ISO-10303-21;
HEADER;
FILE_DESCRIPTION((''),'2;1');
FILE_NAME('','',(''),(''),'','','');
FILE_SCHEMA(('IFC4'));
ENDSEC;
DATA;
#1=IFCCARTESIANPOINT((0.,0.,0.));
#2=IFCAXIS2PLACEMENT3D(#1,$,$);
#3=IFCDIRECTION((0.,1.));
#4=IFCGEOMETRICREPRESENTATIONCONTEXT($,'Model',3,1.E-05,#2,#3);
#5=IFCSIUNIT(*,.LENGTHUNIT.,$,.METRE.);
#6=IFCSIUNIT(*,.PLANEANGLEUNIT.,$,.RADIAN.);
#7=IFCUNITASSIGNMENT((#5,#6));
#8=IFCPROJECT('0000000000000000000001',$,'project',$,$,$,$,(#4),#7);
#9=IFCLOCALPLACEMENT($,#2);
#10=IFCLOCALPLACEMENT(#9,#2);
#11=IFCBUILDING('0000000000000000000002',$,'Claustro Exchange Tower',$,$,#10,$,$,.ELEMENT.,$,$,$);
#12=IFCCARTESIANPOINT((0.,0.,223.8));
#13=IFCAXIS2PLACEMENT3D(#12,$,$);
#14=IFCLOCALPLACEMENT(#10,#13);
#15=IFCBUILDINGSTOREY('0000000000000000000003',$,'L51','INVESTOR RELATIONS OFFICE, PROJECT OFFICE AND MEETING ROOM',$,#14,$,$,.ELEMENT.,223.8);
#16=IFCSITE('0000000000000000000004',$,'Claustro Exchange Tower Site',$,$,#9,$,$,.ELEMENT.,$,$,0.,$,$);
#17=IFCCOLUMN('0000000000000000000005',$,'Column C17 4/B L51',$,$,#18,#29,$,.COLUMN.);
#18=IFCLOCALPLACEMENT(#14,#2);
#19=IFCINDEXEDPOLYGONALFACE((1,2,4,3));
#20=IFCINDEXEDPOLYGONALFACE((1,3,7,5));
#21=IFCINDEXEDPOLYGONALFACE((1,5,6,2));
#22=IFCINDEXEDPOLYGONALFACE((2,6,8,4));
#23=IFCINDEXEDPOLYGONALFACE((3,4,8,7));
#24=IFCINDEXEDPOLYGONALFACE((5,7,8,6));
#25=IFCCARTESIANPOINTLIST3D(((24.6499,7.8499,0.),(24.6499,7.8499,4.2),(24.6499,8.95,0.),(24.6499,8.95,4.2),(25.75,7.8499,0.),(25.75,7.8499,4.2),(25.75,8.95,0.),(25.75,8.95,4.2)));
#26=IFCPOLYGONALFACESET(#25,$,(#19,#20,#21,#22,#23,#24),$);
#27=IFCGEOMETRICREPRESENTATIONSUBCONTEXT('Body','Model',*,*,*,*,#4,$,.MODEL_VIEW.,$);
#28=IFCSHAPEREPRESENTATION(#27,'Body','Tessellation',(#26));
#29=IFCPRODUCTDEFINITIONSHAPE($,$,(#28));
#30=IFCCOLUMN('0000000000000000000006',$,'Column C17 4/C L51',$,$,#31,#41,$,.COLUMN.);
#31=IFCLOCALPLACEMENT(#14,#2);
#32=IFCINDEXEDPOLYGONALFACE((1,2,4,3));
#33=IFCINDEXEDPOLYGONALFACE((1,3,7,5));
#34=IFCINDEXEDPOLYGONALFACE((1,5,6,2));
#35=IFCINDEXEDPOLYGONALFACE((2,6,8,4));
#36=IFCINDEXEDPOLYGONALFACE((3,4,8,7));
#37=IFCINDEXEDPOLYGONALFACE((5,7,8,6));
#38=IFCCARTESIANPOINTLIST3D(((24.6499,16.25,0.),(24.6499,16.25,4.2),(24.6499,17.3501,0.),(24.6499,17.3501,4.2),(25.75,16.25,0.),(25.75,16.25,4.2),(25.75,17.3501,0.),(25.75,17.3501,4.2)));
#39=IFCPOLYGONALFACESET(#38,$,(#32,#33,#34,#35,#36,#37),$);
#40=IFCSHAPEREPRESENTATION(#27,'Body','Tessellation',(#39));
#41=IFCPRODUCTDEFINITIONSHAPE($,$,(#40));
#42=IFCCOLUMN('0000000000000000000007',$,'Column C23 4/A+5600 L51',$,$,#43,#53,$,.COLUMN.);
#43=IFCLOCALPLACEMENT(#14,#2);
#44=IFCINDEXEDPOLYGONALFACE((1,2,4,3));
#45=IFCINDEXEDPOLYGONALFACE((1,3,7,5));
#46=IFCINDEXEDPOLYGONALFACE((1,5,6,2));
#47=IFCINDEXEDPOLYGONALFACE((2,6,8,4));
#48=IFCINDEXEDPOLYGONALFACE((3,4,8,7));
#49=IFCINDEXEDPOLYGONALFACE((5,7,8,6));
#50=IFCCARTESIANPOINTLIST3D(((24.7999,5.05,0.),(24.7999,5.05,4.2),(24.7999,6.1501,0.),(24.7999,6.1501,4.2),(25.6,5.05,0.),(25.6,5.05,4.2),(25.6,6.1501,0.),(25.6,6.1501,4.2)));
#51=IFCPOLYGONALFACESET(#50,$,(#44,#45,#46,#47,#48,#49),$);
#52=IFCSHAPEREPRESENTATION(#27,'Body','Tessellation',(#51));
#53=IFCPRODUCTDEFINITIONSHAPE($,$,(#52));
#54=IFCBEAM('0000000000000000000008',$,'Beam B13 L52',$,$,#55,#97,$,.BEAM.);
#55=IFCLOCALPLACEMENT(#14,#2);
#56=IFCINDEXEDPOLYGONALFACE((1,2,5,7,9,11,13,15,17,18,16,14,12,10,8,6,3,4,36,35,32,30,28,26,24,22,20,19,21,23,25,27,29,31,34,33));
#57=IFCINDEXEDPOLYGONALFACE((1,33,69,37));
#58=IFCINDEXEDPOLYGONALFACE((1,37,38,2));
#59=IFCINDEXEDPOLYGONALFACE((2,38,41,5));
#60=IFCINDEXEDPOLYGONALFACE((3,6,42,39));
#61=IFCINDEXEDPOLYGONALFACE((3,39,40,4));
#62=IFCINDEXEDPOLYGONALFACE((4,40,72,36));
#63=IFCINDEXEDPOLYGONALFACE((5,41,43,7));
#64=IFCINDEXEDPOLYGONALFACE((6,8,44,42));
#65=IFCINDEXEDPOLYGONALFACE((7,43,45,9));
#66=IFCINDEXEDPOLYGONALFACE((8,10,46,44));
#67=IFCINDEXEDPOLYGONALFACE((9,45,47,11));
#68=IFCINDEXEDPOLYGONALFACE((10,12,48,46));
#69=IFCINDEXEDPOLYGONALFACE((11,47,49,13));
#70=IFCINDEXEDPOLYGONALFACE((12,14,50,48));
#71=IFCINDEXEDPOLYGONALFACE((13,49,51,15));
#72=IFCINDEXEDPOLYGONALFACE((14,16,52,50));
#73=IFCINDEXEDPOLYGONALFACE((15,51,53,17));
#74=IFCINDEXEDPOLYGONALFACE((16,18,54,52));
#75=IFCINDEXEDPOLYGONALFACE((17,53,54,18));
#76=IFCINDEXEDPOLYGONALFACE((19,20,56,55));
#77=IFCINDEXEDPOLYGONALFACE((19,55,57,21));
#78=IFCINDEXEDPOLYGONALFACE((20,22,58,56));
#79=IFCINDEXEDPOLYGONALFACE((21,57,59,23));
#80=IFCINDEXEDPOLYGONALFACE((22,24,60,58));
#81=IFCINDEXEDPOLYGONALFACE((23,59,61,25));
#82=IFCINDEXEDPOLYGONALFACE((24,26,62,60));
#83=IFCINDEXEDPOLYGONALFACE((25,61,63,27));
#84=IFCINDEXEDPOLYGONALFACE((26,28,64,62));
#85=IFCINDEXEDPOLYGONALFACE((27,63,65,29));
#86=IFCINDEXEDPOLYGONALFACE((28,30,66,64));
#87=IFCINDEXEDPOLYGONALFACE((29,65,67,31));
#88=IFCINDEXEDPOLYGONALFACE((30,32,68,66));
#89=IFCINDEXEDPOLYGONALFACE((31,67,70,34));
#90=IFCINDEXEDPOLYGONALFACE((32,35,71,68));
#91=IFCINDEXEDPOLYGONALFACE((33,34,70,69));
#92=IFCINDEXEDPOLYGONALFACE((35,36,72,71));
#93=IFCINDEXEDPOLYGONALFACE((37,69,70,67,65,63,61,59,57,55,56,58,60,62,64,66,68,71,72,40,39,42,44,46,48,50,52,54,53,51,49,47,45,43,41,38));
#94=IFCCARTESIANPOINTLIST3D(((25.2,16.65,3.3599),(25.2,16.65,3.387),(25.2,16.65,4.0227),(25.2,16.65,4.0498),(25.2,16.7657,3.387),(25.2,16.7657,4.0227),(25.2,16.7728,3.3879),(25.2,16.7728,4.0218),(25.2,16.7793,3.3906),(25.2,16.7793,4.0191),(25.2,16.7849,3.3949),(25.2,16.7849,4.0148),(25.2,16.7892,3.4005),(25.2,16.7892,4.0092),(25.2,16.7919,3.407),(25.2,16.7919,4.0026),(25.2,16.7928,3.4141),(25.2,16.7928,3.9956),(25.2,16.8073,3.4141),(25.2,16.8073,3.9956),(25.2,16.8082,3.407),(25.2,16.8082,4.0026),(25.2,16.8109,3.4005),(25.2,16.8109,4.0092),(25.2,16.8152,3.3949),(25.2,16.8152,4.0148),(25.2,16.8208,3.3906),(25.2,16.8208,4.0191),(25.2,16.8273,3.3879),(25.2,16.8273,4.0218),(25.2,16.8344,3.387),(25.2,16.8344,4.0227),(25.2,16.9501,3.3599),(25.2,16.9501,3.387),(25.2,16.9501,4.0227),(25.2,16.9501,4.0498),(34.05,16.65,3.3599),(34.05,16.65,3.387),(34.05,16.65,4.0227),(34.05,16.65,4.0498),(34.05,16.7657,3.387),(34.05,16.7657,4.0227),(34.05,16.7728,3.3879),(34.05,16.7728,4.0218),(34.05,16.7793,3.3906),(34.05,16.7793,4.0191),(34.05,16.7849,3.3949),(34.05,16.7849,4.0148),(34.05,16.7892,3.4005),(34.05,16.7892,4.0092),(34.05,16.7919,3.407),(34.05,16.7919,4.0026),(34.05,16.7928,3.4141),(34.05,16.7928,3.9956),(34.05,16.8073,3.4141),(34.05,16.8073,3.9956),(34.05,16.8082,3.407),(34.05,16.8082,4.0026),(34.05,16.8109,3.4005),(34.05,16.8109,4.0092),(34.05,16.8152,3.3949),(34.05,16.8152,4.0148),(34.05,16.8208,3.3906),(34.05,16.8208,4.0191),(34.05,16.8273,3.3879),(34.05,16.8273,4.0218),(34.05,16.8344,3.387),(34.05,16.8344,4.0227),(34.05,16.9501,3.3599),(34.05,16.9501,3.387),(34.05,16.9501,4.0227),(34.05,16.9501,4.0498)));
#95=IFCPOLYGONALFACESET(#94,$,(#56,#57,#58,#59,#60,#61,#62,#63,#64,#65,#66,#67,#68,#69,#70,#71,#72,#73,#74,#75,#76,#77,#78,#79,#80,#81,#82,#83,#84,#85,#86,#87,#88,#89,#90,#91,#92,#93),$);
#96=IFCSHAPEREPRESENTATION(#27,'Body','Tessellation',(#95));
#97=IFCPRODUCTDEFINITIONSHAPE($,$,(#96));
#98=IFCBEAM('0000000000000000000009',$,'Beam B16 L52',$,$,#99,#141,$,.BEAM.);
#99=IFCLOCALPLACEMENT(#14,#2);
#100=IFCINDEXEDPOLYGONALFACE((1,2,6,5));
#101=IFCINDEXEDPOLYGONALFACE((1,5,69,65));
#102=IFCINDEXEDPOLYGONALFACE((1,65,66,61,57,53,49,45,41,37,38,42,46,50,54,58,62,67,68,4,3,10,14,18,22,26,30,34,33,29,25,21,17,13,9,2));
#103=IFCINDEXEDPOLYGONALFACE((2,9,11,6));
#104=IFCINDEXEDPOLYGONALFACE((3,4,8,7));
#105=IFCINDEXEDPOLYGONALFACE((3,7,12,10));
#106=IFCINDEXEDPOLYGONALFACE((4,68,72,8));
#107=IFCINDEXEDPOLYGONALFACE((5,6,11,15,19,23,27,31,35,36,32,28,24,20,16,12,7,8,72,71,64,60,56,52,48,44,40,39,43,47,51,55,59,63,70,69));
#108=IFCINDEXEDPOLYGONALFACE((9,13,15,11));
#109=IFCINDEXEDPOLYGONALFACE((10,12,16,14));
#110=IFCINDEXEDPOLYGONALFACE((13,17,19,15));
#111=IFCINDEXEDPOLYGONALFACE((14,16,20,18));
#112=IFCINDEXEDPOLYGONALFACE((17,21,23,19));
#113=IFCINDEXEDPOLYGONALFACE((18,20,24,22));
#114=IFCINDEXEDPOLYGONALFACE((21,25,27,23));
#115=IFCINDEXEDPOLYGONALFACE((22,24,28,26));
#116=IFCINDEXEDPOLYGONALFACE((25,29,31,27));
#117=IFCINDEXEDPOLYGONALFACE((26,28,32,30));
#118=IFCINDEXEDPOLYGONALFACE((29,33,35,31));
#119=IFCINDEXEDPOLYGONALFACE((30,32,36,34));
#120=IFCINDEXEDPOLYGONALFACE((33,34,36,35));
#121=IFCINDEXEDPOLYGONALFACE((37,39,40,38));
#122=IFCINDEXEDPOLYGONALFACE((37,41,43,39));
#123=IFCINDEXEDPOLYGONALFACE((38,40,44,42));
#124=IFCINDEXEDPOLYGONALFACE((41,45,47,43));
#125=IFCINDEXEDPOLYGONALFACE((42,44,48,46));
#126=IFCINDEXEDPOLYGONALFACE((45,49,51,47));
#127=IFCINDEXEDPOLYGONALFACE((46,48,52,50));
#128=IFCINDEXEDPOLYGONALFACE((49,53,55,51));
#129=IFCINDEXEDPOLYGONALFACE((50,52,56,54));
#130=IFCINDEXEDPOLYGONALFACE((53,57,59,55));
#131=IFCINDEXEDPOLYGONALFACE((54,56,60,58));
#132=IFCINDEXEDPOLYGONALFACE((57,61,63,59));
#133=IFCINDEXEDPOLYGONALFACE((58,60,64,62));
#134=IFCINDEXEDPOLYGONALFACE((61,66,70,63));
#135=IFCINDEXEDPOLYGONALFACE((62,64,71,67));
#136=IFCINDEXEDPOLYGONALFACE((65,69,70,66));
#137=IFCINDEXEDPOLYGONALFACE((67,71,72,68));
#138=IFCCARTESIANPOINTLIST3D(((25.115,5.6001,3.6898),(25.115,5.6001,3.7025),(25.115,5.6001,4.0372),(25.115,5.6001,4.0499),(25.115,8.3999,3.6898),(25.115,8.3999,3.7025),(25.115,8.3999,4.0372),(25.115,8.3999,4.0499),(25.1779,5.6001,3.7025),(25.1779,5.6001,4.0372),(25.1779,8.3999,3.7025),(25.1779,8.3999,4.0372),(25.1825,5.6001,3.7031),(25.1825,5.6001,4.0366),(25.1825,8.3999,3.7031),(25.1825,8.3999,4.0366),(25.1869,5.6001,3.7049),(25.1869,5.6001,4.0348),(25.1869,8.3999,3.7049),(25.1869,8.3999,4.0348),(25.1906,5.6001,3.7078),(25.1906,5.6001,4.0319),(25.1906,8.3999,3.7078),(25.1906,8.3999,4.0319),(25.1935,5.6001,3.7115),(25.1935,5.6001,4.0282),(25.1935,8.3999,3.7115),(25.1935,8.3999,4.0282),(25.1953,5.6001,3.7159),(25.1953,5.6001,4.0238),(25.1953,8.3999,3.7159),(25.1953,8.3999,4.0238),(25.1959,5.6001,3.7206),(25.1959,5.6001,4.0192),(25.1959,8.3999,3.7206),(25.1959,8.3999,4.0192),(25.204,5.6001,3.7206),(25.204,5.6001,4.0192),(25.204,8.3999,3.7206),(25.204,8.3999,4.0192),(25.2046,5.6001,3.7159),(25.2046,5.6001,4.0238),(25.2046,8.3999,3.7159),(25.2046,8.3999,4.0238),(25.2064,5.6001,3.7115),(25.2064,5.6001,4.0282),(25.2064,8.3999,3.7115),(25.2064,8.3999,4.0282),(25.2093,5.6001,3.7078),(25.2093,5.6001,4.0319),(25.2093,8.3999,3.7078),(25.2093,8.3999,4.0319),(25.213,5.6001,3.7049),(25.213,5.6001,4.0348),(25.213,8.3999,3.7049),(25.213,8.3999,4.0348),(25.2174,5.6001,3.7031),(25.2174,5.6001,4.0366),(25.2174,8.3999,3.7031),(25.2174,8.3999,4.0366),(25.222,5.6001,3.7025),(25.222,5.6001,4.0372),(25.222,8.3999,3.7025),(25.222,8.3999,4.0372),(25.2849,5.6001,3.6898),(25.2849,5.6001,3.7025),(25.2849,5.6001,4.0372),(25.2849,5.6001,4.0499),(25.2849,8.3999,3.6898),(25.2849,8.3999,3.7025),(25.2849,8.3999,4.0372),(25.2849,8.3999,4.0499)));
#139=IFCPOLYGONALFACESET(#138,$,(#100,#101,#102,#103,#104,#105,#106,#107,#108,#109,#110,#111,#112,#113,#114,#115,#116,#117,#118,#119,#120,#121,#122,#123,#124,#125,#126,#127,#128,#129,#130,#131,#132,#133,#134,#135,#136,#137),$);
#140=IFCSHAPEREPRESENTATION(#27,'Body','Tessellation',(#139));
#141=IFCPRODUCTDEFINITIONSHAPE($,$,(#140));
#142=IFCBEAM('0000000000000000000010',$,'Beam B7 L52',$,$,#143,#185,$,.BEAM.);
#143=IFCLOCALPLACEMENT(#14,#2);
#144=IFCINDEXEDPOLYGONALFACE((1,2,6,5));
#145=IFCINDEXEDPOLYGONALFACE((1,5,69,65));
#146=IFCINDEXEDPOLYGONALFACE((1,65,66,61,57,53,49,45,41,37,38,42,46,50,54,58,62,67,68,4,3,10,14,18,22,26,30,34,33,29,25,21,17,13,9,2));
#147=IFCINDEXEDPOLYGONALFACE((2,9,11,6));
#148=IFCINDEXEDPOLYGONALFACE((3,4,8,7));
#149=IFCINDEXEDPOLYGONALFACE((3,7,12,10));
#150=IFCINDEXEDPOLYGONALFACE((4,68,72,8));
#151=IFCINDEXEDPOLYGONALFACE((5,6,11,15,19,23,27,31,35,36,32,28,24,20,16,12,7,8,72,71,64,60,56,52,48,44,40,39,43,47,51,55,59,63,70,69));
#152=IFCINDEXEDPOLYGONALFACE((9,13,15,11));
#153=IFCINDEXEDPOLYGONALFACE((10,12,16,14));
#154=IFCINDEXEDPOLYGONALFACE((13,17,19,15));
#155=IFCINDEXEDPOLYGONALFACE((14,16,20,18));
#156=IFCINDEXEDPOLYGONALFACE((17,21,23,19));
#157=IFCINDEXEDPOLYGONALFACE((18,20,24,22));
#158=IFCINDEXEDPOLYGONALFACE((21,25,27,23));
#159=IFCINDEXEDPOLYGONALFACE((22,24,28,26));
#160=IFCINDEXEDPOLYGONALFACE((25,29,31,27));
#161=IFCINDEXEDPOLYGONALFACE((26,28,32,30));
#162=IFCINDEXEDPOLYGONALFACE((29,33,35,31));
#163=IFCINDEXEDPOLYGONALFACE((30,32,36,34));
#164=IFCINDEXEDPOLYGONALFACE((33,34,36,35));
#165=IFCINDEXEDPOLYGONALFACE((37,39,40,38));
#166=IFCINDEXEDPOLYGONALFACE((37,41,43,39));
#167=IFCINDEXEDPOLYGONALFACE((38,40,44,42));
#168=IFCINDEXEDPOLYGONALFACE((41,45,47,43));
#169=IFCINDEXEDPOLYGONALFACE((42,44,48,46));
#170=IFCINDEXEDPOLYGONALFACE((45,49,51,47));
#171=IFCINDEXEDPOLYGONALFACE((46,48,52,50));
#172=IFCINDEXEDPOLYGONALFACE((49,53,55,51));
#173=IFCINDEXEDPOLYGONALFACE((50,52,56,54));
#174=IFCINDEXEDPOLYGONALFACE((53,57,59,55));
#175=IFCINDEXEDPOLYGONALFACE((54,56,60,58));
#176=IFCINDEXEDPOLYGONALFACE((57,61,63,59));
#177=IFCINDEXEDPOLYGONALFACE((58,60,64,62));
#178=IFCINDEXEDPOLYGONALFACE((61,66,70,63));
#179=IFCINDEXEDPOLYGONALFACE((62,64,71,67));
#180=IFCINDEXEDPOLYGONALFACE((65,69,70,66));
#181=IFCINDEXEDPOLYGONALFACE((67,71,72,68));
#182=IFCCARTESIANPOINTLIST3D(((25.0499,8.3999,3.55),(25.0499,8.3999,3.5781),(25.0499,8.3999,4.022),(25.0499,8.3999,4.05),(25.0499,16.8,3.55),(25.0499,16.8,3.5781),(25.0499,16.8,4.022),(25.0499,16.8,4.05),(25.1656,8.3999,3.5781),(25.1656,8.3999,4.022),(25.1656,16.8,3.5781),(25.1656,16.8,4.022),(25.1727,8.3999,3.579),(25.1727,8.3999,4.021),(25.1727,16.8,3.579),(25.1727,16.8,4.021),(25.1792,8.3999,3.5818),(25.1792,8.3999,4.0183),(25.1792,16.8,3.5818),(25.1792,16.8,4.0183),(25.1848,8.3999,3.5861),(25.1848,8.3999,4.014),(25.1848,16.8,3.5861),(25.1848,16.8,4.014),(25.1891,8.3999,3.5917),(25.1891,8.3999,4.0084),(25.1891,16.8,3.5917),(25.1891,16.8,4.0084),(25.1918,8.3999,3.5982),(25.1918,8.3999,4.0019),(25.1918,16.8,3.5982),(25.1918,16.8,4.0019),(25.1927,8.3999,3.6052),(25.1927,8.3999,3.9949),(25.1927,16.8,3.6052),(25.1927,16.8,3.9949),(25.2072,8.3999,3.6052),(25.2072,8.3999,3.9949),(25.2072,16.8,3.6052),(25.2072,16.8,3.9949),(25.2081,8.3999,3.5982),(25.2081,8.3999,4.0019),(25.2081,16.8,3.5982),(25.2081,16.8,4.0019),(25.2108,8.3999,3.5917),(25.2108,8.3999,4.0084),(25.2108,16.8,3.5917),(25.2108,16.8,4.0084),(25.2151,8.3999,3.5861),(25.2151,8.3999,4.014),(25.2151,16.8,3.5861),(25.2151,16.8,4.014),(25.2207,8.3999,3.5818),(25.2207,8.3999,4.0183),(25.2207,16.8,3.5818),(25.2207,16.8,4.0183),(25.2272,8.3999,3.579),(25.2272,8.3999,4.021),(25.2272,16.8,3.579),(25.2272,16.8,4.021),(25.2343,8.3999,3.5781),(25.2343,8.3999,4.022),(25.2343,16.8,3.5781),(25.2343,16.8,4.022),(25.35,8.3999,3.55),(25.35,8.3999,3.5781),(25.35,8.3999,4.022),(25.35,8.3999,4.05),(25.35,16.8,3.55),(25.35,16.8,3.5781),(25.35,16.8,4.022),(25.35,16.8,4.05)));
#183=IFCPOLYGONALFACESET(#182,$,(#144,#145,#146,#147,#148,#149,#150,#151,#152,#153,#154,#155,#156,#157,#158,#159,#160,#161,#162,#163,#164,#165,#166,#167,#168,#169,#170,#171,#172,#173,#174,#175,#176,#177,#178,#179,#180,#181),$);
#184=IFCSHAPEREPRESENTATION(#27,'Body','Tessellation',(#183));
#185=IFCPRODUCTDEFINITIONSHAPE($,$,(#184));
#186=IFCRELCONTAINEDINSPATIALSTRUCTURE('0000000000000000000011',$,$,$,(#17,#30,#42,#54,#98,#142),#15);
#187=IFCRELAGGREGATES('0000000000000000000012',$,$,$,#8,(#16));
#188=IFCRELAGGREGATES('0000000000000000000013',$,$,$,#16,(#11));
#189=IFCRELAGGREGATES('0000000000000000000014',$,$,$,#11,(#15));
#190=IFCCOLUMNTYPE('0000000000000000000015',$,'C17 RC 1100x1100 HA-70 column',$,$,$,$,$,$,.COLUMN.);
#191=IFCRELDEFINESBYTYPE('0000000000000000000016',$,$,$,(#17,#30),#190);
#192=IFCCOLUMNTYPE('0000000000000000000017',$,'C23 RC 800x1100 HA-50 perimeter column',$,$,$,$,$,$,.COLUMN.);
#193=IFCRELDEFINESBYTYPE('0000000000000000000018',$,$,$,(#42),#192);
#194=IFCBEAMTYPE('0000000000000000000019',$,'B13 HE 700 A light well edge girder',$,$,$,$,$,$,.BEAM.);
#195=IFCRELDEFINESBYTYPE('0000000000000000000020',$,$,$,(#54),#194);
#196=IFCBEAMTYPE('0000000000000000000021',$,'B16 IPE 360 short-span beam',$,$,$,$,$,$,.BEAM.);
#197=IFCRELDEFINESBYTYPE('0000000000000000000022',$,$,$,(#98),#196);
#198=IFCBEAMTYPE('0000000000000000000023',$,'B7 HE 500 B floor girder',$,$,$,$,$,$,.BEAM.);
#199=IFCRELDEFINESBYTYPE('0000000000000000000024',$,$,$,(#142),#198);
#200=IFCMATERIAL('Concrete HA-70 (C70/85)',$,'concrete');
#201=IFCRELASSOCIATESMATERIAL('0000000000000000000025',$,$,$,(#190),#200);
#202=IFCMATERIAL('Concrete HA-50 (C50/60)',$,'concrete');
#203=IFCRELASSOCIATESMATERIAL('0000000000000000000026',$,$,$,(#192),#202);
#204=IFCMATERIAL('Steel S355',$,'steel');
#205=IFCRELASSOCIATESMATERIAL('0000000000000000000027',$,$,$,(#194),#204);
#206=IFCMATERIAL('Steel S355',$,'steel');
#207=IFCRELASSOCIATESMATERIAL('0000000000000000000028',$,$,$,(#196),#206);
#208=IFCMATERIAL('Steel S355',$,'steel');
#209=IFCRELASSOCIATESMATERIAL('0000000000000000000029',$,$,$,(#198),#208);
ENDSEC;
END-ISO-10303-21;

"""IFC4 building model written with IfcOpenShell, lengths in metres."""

from ifc_helpers import new_model, si_unit, direction, frame, origin, origin_2d, place, context, subcontext, project, spatial, rectangle, i_section, extrude, material, material_profile, profile_set, type_object, element, save


model = new_model("IFC4")

# Units and contexts
model_context = context("Model", 3, precision=1e-05, world=origin(), true_north=direction((0.0, 1.0)))
body_context = subcontext(model_context, "Body", "Model", "MODEL_VIEW")
ifc_project = project(units=[si_unit("LENGTHUNIT", "METRE"), si_unit("PLANEANGLEUNIT", "RADIAN")], contexts=[model_context])

# Site, building, storey
site_placement = place(None, origin())
site = spatial("IfcSite", under=ifc_project, at=site_placement, Name="Claustro Exchange Tower Site", CompositionType="ELEMENT", RefElevation=0.0)
building_placement = place(site_placement, origin())
building = spatial("IfcBuilding", under=site, at=building_placement, Name="Claustro Exchange Tower", CompositionType="ELEMENT")
storey_placement = place(building_placement, frame((0.0, 0.0, 223.8)))
storey = spatial("IfcBuildingStorey", under=building, at=storey_placement, Name="L51", Description="INVESTOR RELATIONS OFFICE, PROJECT OFFICE AND MEETING ROOM", CompositionType="ELEMENT", Elevation=223.8)

# Columns
ifc_material_1 = material(Name="Concrete HA-70 (C70/85)", Category="concrete")
ifc_material_profile_1 = material_profile(ifc_material_1, rectangle(XDim=1.1001, YDim=1.1001, at=origin_2d()), Name="RC 1100x1100")
ifc_profile_set_1 = profile_set([ifc_material_profile_1], Name="Concrete HA-70 (C70/85)")
column_type_1 = type_object("IfcColumnType", Name="C17 RC 1100x1100 HA-70 column", PredefinedType="COLUMN", material=ifc_profile_set_1)
for number, where, z_axis, x_axis, name in (
    (1, (25.2, 8.3999, 0.0), (0.0, 0.0, 1.0), (1.0, 0.0, 0.0), "Column C17 4/B L51"),
    (2, (25.2, 16.8, 0.0), (0.0, 0.0, 1.0), (1.0, 0.0, 0.0), "Column C17 4/C L51"),
):
    element("IfcColumn", number, at=place(storey_placement, frame(where, z_axis=z_axis, x_axis=x_axis)), inside=storey, type_object=column_type_1, Name=name, PredefinedType="COLUMN", context=body_context, shape_type="SweptSolid", body=[
        extrude(rectangle(XDim=1.1001, YDim=1.1001, at=origin_2d()), origin(), (0.0, 0.0, 1.0), 4.2),
    ])
ifc_material_2 = material(Name="Concrete HA-50 (C50/60)", Category="concrete")
ifc_material_profile_2 = material_profile(ifc_material_2, rectangle(XDim=0.8, YDim=1.1001, at=origin_2d()), Name="RC 800x1100")
ifc_profile_set_2 = profile_set([ifc_material_profile_2], Name="Concrete HA-50 (C50/60)")
column_type_2 = type_object("IfcColumnType", Name="C23 RC 800x1100 HA-50 perimeter column", PredefinedType="COLUMN", material=ifc_profile_set_2)
column_placement = place(storey_placement, frame((25.2, 5.6001, 0.0), z_axis=(0.0, 0.0, 1.0), x_axis=(1.0, 0.0, 0.0)))
element("IfcColumn", 3, at=column_placement, inside=storey, type_object=column_type_2, Name="Column C23 4/A+5600 L51", PredefinedType="COLUMN", context=body_context, shape_type="SweptSolid", body=[
    extrude(rectangle(XDim=0.8, YDim=1.1001, at=origin_2d()), origin(), (0.0, 0.0, 1.0), 4.2),
])

# Beams
ifc_material_3 = material(Name="Steel S355", Category="steel")
ifc_material_profile_3 = material_profile(ifc_material_3, i_section(OverallWidth=0.3, OverallDepth=0.6899, WebThickness=0.0144, FlangeThickness=0.0271, FilletRadius=0.0271, at=origin_2d()), Name="HE 700 A")
ifc_profile_set_3 = profile_set([ifc_material_profile_3], Name="Steel S355")
beam_type_1 = type_object("IfcBeamType", Name="B13 HE 700 A light well edge girder", PredefinedType="BEAM", material=ifc_profile_set_3)
beam_1_placement = place(storey_placement, frame((25.2, 16.8, 3.7048), z_axis=(1.0, 0.0, 0.0), x_axis=(0.0, 1.0, 0.0)))
element("IfcBeam", 4, at=beam_1_placement, inside=storey, type_object=beam_type_1, Name="Beam B13 L52", PredefinedType="BEAM", context=body_context, shape_type="SweptSolid", body=[
    extrude(i_section(OverallWidth=0.3, OverallDepth=0.6899, WebThickness=0.0144, FlangeThickness=0.0271, FilletRadius=0.0271, at=origin_2d()), origin(), (0.0, 0.0, 1.0), 8.8501),
])
ifc_material_4 = material(Name="Steel S355", Category="steel")
ifc_material_profile_4 = material_profile(ifc_material_4, i_section(OverallWidth=0.1699, OverallDepth=0.3601, WebThickness=0.0081, FlangeThickness=0.0127, FilletRadius=0.0181, at=origin_2d()), Name="IPE 360")
ifc_profile_set_4 = profile_set([ifc_material_profile_4], Name="Steel S355")
beam_type_2 = type_object("IfcBeamType", Name="B16 IPE 360 short-span beam", PredefinedType="BEAM", material=ifc_profile_set_4)
beam_2_placement = place(storey_placement, frame((25.2, 5.6001, 3.8699), z_axis=(0.0, 1.0, 0.0), x_axis=(-1.0, 0.0, 0.0)))
element("IfcBeam", 5, at=beam_2_placement, inside=storey, type_object=beam_type_2, Name="Beam B16 L52", PredefinedType="BEAM", context=body_context, shape_type="SweptSolid", body=[
    extrude(i_section(OverallWidth=0.1699, OverallDepth=0.3601, WebThickness=0.0081, FlangeThickness=0.0127, FilletRadius=0.0181, at=origin_2d()), origin(), (0.0, 0.0, 1.0), 2.7998),
])
ifc_material_5 = material(Name="Steel S355", Category="steel")
ifc_material_profile_5 = material_profile(ifc_material_5, i_section(OverallWidth=0.3, OverallDepth=0.5, WebThickness=0.0144, FlangeThickness=0.0281, FilletRadius=0.0271, at=origin_2d()), Name="HE 500 B")
ifc_profile_set_5 = profile_set([ifc_material_profile_5], Name="Steel S355")
beam_type_3 = type_object("IfcBeamType", Name="B7 HE 500 B floor girder", PredefinedType="BEAM", material=ifc_profile_set_5)
for number, where, z_axis, x_axis, name in (
    (6, (25.2, 8.3999, 3.8), (0.0, 1.0, 0.0), (-1.0, 0.0, 0.0), "Beam B7 L52"),
):
    element("IfcBeam", number, at=place(storey_placement, frame(where, z_axis=z_axis, x_axis=x_axis)), inside=storey, type_object=beam_type_3, Name=name, PredefinedType="BEAM", context=body_context, shape_type="SweptSolid", body=[
        extrude(i_section(OverallWidth=0.3, OverallDepth=0.5, WebThickness=0.0144, FlangeThickness=0.0281, FilletRadius=0.0271, at=origin_2d()), origin(), (0.0, 0.0, 1.0), 8.4001),
    ])

save(model, "model.ifc")
